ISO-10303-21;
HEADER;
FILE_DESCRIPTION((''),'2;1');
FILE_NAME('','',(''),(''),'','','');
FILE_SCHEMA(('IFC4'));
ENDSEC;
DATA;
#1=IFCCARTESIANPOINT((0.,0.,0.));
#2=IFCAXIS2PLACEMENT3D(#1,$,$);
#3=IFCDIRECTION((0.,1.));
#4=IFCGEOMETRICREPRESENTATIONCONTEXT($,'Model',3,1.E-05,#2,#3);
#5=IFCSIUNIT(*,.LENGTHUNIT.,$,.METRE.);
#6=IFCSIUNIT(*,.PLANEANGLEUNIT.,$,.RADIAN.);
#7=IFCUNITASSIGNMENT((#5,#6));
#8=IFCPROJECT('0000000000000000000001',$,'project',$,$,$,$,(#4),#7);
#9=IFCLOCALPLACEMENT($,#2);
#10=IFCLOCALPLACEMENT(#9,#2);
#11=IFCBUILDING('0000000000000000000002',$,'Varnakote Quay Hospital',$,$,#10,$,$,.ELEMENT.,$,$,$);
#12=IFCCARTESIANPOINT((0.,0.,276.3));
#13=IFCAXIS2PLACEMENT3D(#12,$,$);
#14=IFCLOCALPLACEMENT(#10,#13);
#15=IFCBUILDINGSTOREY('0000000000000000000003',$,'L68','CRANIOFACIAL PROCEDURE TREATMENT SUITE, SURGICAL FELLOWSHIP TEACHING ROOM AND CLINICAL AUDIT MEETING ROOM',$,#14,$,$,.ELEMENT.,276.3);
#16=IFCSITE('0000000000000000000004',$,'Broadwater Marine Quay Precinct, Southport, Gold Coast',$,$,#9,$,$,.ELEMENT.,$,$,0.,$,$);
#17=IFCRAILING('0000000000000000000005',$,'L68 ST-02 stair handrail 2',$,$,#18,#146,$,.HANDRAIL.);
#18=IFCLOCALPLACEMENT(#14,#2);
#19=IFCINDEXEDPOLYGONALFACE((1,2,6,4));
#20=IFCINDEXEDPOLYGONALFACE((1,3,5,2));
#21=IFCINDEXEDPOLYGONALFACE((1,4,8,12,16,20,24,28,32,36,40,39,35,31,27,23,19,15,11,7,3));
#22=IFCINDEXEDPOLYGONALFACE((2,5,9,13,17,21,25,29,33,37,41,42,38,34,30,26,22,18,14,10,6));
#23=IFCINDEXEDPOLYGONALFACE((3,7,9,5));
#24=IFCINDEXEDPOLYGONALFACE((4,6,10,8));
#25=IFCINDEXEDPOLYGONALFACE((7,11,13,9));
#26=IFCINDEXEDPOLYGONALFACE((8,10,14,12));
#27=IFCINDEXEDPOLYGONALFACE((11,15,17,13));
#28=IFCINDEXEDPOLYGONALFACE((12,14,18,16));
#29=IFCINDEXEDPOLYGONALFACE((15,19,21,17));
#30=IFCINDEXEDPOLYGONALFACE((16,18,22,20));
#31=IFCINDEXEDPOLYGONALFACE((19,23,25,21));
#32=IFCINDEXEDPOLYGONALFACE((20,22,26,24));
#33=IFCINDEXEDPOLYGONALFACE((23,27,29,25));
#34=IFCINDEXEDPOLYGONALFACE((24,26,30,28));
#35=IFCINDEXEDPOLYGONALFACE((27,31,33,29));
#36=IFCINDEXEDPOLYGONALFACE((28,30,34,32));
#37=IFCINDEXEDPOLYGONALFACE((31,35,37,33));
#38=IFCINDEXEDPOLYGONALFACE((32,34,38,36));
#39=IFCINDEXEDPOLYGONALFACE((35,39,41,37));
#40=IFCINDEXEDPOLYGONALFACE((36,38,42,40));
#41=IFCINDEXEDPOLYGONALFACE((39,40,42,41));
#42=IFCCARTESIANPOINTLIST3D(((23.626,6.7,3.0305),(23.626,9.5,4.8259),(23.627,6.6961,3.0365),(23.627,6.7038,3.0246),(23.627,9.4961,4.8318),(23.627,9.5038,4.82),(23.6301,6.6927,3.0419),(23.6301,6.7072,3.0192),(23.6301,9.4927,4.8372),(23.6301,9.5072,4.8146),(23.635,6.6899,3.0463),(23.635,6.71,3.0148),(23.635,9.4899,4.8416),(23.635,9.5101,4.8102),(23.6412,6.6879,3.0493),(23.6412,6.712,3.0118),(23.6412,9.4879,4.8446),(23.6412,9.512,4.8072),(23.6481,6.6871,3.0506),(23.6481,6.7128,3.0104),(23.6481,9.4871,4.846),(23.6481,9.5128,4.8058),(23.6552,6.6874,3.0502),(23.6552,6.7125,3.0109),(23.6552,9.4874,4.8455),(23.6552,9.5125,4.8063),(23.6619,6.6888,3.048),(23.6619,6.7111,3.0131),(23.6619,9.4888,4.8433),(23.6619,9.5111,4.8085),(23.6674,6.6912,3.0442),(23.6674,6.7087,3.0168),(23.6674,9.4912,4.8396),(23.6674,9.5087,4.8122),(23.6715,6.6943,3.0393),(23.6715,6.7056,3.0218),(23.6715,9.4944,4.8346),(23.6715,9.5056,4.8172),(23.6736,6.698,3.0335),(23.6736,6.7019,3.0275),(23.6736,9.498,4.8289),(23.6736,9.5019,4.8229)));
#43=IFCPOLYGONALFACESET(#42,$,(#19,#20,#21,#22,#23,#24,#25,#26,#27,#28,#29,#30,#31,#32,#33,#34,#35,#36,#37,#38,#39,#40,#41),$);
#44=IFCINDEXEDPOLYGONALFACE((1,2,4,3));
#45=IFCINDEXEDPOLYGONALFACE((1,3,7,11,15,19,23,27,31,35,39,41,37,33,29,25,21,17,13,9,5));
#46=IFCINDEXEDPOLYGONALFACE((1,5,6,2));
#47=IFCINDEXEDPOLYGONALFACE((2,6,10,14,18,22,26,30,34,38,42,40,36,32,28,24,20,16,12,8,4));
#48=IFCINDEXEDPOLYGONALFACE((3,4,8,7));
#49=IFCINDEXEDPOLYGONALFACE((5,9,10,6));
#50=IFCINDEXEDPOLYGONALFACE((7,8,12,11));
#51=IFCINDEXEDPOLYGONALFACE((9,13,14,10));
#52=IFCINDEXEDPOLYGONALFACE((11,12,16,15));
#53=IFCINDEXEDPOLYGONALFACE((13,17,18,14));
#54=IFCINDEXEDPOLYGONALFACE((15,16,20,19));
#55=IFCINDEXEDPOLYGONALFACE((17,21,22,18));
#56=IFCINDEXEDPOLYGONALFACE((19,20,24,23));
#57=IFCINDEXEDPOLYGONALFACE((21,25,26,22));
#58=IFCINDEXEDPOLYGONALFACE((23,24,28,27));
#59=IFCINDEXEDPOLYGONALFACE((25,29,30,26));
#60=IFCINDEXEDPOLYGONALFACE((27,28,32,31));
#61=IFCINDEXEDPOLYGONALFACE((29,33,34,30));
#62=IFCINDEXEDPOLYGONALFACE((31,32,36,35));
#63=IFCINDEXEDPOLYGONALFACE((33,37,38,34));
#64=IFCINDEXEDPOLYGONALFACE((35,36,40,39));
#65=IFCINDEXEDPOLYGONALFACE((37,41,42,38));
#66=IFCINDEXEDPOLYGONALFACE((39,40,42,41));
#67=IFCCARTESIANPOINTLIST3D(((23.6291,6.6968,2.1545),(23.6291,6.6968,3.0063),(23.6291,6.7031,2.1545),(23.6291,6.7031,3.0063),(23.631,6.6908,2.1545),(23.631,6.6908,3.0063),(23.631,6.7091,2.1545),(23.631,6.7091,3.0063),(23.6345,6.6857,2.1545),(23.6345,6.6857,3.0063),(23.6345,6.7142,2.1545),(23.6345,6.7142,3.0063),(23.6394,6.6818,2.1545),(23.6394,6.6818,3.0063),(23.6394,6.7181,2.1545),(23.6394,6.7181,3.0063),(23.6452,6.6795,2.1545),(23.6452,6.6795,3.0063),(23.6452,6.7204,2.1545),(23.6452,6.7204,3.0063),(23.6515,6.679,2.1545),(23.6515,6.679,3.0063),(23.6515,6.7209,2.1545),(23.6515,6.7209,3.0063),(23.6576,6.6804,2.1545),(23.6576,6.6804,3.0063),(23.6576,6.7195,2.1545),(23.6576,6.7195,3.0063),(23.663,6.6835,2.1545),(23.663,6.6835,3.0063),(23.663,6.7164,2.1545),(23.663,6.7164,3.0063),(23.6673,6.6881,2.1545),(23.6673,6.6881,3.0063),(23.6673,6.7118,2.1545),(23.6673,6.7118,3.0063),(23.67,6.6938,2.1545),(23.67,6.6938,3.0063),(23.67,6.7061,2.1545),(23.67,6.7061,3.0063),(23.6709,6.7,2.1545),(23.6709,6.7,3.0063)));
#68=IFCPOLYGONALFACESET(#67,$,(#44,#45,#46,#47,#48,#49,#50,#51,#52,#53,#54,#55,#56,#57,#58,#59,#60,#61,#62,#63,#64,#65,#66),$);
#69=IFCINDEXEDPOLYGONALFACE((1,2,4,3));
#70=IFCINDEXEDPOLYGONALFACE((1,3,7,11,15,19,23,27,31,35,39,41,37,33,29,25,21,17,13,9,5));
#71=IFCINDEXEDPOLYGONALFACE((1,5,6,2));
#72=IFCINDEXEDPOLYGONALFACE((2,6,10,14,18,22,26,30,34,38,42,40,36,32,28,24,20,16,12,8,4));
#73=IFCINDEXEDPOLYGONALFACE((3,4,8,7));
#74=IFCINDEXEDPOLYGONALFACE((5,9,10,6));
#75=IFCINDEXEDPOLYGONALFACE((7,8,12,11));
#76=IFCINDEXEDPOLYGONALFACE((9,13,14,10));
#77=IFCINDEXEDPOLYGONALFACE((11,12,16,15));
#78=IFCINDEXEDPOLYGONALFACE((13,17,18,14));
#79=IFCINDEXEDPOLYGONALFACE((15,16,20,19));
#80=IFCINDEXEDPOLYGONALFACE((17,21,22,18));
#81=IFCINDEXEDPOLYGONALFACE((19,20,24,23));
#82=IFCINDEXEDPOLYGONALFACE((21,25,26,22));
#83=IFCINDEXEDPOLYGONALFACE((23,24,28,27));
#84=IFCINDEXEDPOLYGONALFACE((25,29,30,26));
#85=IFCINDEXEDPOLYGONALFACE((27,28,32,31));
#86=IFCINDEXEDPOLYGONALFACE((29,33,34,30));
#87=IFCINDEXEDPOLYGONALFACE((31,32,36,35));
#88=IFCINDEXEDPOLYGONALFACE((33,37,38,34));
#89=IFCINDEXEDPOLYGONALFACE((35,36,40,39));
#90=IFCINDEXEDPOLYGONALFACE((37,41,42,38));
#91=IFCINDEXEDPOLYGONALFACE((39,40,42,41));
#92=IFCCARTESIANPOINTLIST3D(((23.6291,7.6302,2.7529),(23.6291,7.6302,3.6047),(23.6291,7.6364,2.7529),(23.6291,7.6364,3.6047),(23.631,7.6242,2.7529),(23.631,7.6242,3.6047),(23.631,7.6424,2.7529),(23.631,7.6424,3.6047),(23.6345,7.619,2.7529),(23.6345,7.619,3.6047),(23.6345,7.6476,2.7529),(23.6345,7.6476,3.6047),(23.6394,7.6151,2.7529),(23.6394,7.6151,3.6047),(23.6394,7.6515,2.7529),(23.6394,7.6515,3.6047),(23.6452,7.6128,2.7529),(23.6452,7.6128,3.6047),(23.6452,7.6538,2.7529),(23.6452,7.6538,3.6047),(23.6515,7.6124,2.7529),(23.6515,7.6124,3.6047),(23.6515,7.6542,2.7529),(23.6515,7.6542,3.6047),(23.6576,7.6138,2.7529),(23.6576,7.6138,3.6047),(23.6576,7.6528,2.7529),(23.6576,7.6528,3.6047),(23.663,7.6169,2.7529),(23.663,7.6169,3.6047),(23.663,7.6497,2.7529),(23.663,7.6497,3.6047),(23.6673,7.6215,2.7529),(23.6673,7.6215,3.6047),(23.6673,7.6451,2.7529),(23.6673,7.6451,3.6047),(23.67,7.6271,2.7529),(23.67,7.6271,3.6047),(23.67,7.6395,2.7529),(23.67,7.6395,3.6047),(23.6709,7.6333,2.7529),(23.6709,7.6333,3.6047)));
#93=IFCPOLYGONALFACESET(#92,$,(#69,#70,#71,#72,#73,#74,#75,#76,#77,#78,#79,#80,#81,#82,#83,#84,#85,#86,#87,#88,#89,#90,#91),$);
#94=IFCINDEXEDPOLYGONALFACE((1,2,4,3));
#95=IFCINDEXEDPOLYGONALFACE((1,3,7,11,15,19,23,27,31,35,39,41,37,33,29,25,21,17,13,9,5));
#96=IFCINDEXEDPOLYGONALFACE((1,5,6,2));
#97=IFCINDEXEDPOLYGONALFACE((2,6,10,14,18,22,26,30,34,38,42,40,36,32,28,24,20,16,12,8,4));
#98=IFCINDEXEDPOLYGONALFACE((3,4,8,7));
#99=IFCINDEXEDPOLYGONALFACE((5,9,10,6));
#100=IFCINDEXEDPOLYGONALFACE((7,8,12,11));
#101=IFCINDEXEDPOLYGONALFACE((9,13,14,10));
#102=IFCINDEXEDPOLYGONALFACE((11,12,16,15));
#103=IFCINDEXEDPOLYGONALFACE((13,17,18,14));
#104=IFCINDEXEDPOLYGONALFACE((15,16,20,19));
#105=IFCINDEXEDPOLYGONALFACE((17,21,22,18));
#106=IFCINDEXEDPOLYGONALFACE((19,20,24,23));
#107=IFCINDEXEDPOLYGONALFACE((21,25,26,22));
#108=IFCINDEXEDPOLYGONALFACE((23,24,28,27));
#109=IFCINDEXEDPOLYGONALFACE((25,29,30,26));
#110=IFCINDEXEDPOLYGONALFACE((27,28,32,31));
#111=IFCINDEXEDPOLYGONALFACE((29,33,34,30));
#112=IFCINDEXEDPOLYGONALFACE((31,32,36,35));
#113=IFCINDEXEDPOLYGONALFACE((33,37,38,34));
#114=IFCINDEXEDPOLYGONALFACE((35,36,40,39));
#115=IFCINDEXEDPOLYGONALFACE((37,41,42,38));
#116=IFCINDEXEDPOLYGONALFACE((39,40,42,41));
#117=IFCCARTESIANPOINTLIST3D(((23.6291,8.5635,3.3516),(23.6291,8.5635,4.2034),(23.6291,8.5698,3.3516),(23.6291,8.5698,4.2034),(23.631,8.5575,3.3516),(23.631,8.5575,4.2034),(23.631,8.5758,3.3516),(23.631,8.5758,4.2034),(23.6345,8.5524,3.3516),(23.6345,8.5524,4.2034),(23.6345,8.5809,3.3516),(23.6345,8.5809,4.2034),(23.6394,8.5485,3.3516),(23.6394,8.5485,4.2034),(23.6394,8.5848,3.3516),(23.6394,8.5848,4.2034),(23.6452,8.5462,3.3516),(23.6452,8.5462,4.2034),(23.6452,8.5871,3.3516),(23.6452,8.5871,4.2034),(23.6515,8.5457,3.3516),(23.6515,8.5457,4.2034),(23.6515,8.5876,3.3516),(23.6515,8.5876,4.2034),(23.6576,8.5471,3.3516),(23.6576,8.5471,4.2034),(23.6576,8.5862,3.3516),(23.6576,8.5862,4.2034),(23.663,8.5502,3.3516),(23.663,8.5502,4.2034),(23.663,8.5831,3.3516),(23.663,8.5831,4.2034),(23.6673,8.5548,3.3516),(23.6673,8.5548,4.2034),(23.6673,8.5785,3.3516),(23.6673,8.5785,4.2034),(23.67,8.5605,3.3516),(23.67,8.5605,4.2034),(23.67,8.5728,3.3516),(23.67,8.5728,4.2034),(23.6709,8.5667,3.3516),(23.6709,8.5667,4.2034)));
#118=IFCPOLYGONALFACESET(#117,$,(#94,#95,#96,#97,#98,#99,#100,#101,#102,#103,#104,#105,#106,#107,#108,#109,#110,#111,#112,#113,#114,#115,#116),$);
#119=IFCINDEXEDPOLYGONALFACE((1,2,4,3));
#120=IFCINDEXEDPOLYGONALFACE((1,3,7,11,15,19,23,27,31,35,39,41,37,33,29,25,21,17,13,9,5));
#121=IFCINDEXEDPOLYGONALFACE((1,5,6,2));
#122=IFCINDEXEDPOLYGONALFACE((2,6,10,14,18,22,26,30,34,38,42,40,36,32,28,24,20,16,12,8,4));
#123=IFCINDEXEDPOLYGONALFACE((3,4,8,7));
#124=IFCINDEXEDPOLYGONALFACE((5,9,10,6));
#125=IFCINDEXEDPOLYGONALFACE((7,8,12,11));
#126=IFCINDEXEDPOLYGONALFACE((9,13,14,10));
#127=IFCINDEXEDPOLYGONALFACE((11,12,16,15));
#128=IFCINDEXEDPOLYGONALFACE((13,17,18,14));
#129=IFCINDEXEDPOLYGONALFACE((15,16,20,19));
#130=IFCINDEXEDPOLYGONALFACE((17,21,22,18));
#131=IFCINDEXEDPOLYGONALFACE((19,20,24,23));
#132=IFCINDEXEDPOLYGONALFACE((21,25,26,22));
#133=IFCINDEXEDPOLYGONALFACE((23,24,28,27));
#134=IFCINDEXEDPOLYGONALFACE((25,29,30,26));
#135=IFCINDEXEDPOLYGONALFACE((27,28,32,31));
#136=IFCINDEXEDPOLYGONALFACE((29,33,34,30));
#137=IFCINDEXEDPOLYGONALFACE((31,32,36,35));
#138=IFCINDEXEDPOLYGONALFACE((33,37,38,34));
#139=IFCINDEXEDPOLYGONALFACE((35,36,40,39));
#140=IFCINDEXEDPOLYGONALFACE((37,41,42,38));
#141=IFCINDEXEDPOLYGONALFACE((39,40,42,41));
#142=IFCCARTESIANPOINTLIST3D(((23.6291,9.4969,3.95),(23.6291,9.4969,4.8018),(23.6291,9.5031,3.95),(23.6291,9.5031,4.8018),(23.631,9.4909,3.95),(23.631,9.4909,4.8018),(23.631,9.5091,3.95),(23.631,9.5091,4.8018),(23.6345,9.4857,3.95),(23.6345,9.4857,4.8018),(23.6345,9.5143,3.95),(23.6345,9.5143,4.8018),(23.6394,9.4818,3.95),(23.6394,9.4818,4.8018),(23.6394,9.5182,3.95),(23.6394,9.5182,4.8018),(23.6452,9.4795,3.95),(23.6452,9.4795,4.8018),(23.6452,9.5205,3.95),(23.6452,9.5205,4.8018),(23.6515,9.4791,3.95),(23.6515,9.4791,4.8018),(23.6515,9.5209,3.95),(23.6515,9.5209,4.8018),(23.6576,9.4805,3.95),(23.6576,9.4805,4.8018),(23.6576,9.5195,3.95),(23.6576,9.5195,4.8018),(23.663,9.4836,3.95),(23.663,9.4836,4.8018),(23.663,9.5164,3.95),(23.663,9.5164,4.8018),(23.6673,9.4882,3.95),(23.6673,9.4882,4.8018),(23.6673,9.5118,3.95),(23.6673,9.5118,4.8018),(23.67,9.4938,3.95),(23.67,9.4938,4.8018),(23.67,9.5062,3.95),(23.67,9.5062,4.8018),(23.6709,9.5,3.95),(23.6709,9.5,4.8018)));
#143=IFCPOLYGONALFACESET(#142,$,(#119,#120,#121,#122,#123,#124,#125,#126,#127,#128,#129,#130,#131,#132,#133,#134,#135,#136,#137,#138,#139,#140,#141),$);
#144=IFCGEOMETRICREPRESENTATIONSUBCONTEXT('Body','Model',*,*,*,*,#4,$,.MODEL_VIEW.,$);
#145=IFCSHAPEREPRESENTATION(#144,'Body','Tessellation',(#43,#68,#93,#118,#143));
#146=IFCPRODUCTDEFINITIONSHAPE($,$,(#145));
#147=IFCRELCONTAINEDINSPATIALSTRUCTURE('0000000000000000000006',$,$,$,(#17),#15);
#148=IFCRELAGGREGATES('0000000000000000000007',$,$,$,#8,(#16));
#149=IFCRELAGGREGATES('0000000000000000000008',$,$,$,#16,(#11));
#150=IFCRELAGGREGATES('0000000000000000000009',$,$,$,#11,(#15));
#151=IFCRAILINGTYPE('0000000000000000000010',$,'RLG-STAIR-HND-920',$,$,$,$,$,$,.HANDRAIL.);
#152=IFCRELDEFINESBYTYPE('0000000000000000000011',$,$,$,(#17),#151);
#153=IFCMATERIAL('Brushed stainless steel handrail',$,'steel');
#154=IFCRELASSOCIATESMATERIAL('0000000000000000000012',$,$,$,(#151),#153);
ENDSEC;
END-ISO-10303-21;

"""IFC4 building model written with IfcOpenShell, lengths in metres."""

from ifc_helpers import new_model, si_unit, direction, frame, origin, origin_2d, place, context, subcontext, project, spatial, circle, extrude, material, type_object, element, save


model = new_model("IFC4")

# Units and contexts
model_context = context("Model", 3, precision=1e-05, world=origin(), true_north=direction((0.0, 1.0)))
body_context = subcontext(model_context, "Body", "Model", "MODEL_VIEW")
ifc_project = project(units=[si_unit("LENGTHUNIT", "METRE"), si_unit("PLANEANGLEUNIT", "RADIAN")], contexts=[model_context])

# Site, building, storey
site_placement = place(None, origin())
site = spatial("IfcSite", under=ifc_project, at=site_placement, Name="Broadwater Marine Quay Precinct, Southport, Gold Coast", CompositionType="ELEMENT", RefElevation=0.0)
building_placement = place(site_placement, origin())
building = spatial("IfcBuilding", under=site, at=building_placement, Name="Varnakote Quay Hospital", CompositionType="ELEMENT")
storey_placement = place(building_placement, frame((0.0, 0.0, 276.3)))
storey = spatial("IfcBuildingStorey", under=building, at=storey_placement, Name="L68", Description="CRANIOFACIAL PROCEDURE TREATMENT SUITE, SURGICAL FELLOWSHIP TEACHING ROOM AND CLINICAL AUDIT MEETING ROOM", CompositionType="ELEMENT", Elevation=276.3)

# Railing
ifc_material_1 = material(Name="Brushed stainless steel handrail", Category="steel")
railing_type_1 = type_object("IfcRailingType", Name="RLG-STAIR-HND-920", PredefinedType="HANDRAIL", material=ifc_material_1)
railing_1_placement = place(storey_placement, frame((23.6499, 6.7, 2.1545)))
element("IfcRailing", 1, at=railing_1_placement, inside=storey, type_object=railing_type_1, Name="L68 ST-02 stair handrail 2", PredefinedType="HANDRAIL", context=body_context, shape_type="SweptSolid", body=[
    extrude(circle(Radius=0.0239, at=origin_2d()), frame((0.0, 0.0, 0.876), z_axis=(0.0, 0.84181, 0.539774), x_axis=(-1.0, 0.0, 0.0)), (0.0, 0.0, 1.0), 3.3262),
    extrude(circle(Radius=0.021, at=origin_2d()), origin(), (0.0, 0.0, 1.0), 0.8518),
    extrude(circle(Radius=0.021, at=origin_2d()), frame((0.0, 0.9333, 0.5984)), (0.0, 0.0, 1.0), 0.8518),
    extrude(circle(Radius=0.021, at=origin_2d()), frame((0.0, 1.8667, 1.197)), (0.0, 0.0, 1.0), 0.8518),
    extrude(circle(Radius=0.021, at=origin_2d()), frame((0.0, 2.8, 1.7954)), (0.0, 0.0, 1.0), 0.8518),
])

save(model, "model.ifc")
